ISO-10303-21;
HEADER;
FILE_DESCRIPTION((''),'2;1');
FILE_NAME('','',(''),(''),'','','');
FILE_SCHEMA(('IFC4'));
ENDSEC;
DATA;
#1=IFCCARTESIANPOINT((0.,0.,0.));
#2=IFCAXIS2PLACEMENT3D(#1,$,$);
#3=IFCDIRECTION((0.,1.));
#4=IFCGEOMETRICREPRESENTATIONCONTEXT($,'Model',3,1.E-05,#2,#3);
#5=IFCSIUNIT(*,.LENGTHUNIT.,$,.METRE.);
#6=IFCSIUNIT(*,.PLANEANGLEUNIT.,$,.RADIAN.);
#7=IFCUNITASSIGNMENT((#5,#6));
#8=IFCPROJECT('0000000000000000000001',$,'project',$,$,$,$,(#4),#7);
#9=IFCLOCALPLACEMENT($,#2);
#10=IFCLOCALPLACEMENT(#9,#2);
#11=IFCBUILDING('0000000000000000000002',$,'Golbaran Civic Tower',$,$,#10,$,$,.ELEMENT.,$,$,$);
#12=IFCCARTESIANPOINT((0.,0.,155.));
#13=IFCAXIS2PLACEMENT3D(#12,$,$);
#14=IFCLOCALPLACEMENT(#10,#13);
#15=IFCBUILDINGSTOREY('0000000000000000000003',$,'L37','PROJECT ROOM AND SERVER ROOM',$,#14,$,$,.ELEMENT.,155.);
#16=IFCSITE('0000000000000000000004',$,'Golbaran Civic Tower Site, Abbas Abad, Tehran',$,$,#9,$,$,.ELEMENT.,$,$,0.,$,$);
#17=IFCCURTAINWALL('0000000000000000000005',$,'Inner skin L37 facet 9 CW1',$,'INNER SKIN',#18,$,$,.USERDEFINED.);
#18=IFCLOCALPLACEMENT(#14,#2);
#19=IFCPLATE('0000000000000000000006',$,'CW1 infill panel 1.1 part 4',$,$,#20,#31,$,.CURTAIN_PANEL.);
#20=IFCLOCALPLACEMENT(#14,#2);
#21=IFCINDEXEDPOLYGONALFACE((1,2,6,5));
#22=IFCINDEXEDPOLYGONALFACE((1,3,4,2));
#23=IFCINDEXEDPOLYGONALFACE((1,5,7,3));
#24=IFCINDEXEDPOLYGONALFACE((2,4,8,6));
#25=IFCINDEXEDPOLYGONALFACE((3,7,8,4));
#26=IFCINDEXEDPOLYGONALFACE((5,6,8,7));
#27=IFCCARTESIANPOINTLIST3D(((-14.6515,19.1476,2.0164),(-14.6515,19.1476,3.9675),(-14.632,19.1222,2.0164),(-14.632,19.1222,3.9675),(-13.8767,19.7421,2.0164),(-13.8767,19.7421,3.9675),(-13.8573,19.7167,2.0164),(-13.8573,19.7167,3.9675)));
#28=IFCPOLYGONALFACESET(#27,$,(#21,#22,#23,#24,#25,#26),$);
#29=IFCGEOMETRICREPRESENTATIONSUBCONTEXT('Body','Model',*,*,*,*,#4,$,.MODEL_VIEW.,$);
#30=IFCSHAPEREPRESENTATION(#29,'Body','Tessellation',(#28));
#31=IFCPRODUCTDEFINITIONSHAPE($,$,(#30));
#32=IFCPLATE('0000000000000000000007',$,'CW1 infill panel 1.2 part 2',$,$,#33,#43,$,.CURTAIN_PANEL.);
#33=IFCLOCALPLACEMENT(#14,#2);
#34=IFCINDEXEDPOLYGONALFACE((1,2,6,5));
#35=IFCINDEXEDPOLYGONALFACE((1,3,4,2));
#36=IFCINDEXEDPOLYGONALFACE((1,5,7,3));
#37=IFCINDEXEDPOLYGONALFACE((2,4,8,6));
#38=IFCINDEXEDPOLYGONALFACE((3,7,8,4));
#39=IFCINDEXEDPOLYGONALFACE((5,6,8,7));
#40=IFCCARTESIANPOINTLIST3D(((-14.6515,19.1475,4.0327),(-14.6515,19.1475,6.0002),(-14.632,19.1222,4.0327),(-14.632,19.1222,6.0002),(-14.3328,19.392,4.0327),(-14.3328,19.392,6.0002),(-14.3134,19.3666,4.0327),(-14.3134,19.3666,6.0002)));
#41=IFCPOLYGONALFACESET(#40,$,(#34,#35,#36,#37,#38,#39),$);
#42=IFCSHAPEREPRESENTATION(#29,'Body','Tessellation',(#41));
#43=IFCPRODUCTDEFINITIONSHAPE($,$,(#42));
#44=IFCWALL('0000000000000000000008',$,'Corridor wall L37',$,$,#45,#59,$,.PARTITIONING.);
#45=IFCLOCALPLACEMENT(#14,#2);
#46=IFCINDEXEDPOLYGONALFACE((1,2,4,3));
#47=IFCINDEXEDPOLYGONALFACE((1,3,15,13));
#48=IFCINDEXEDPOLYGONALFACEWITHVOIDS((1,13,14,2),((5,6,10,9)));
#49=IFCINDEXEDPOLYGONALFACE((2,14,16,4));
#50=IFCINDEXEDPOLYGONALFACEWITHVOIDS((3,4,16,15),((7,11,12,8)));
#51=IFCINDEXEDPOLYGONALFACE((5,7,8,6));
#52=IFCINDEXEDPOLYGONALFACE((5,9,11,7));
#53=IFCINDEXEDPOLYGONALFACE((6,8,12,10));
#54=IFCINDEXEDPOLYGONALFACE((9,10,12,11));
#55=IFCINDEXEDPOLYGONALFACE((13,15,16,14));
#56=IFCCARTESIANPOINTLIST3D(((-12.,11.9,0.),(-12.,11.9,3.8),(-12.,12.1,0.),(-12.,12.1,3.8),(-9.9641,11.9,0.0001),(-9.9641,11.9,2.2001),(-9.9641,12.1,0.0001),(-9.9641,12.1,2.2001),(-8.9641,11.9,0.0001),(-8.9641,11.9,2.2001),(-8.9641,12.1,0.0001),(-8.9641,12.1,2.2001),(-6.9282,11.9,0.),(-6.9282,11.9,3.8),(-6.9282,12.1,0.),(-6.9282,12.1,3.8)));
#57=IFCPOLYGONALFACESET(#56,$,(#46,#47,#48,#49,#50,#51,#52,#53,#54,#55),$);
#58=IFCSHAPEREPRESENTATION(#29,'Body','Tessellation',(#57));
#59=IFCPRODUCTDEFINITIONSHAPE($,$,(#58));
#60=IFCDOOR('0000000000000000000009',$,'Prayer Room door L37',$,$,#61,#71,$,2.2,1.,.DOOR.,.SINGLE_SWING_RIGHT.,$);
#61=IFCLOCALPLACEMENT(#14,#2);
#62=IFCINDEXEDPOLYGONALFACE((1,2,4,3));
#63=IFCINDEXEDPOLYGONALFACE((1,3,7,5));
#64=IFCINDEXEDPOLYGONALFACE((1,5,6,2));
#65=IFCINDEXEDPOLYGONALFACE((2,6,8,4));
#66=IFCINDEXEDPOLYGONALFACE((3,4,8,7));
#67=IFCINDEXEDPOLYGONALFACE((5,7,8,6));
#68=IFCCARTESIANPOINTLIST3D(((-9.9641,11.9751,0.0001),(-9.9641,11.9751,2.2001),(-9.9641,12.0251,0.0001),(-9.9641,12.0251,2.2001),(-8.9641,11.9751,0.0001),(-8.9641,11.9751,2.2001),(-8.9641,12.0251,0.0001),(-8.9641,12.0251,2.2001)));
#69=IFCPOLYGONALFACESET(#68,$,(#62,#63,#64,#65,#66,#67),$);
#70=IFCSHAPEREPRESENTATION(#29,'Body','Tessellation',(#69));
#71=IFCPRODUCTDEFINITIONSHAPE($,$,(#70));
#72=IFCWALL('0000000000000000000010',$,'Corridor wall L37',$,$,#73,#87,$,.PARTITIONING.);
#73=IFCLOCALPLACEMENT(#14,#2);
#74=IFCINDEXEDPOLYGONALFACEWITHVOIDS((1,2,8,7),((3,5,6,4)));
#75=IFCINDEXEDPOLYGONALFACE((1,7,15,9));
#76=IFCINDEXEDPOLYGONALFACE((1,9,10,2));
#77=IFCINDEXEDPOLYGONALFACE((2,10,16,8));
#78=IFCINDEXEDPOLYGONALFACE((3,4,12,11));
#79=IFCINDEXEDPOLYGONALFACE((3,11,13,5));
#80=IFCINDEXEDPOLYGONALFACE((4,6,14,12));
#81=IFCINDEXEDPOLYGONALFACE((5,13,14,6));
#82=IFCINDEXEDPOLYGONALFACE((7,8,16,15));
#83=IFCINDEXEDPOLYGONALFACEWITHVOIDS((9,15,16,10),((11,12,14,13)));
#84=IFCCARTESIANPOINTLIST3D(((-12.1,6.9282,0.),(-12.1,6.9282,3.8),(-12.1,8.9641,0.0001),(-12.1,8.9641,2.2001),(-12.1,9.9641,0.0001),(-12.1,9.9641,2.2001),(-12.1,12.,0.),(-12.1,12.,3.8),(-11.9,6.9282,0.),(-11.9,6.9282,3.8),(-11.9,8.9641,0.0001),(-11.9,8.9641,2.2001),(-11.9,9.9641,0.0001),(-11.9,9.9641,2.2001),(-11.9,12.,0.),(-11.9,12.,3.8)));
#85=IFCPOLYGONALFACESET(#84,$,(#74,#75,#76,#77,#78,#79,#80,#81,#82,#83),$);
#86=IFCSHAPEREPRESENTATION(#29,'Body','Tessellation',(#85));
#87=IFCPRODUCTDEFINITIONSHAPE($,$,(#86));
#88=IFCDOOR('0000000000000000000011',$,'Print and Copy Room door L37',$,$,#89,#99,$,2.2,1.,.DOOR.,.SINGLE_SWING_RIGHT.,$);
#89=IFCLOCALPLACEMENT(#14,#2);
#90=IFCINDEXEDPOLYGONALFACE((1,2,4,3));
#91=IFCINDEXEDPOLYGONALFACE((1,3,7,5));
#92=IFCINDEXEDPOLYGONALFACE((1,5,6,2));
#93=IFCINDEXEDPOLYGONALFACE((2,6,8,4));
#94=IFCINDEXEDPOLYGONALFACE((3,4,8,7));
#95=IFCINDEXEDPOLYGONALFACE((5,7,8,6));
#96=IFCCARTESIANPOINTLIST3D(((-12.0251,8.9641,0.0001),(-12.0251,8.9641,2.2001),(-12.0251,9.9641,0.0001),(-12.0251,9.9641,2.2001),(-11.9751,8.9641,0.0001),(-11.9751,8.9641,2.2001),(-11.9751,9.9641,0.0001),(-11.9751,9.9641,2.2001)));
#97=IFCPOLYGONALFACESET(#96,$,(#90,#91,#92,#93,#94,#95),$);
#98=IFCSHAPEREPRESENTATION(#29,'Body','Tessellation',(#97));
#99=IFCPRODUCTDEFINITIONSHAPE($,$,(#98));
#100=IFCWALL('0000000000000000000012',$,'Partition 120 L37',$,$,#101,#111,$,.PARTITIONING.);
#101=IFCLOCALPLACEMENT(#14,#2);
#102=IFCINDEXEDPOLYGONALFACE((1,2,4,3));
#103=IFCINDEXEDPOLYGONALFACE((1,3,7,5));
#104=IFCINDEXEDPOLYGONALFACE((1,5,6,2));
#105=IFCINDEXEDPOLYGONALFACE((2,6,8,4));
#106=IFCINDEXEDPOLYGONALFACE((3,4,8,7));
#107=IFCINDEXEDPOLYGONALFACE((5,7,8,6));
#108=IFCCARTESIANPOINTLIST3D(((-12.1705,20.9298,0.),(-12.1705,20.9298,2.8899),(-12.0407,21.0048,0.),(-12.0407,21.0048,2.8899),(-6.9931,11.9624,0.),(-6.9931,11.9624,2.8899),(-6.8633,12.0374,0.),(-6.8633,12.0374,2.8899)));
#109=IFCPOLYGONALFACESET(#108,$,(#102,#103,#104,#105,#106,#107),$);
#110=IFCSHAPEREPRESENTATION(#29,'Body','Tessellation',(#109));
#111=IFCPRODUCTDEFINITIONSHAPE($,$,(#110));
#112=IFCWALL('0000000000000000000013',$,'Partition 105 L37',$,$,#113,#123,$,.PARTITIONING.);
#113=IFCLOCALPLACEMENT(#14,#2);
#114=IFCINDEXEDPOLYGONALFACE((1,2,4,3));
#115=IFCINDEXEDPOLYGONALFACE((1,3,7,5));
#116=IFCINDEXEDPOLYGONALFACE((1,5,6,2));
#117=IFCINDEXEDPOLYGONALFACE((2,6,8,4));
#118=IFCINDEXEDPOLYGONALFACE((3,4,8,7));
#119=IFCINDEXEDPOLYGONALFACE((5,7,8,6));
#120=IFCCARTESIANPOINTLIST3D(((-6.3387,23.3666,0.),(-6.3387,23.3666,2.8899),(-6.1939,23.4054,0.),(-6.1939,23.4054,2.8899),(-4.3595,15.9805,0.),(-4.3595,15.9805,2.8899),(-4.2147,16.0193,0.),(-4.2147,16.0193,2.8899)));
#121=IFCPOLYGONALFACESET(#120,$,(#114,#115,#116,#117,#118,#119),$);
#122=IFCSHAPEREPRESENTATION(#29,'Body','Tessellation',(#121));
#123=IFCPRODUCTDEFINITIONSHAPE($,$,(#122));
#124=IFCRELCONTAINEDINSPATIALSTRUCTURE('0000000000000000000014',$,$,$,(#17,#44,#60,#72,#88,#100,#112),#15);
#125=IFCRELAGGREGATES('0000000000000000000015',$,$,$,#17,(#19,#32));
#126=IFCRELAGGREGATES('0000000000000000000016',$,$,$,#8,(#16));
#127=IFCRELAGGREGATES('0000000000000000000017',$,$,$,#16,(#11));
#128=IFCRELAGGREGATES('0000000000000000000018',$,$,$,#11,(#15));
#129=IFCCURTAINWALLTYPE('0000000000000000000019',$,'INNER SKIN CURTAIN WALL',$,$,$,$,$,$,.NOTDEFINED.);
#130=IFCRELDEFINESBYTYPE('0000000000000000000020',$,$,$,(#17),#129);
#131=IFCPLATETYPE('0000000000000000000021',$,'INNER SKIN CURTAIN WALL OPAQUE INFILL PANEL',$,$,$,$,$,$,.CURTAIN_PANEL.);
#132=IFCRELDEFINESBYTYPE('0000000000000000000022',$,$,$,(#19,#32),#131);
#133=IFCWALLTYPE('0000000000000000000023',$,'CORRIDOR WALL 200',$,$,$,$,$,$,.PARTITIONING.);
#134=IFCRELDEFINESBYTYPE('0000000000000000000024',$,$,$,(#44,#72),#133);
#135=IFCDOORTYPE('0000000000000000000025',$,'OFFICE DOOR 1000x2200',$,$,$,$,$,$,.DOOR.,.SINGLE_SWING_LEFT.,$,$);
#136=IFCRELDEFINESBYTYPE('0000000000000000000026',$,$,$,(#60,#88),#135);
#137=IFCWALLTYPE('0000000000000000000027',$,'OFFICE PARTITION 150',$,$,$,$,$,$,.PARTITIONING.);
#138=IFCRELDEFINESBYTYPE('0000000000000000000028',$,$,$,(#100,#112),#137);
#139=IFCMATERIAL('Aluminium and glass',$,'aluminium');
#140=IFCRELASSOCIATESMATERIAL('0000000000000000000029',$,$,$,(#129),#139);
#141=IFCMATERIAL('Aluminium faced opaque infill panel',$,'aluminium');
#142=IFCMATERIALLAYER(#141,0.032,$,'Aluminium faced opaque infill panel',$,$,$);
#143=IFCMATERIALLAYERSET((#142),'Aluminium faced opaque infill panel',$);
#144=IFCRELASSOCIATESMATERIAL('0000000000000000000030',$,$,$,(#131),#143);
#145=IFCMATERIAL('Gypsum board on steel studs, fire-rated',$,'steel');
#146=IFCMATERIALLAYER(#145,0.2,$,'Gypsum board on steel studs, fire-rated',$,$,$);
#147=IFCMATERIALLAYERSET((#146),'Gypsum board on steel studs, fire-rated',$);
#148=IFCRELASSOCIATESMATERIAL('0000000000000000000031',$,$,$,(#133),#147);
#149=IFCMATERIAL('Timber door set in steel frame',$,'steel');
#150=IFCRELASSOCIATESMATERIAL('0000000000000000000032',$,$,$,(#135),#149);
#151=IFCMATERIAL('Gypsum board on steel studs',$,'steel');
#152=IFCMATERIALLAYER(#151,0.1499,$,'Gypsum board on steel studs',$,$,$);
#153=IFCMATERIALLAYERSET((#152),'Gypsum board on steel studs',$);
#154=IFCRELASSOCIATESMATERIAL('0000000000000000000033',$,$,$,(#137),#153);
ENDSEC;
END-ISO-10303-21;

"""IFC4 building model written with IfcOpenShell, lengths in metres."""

from ifc_helpers import new_model, si_unit, direction, frame, frame_2d, origin, origin_2d, place, context, subcontext, project, spatial, rectangle, extrude, material, layer, layer_set, type_object, element, fill, aggregate, save


model = new_model("IFC4")

# Units and contexts
model_context = context("Model", 3, precision=1e-05, world=origin(), true_north=direction((0.0, 1.0)))
body_context = subcontext(model_context, "Body", "Model", "MODEL_VIEW")
ifc_project = project(units=[si_unit("LENGTHUNIT", "METRE"), si_unit("PLANEANGLEUNIT", "RADIAN")], contexts=[model_context])

# Site, building, storey
site_placement = place(None, origin())
site = spatial("IfcSite", under=ifc_project, at=site_placement, Name="Golbaran Civic Tower Site, Abbas Abad, Tehran", CompositionType="ELEMENT", RefElevation=0.0)
building_placement = place(site_placement, origin())
building = spatial("IfcBuilding", under=site, at=building_placement, Name="Golbaran Civic Tower", CompositionType="ELEMENT")
storey_placement = place(building_placement, frame((0.0, 0.0, 155.0)))
storey = spatial("IfcBuildingStorey", under=building, at=storey_placement, Name="L37", Description="PROJECT ROOM AND SERVER ROOM", CompositionType="ELEMENT", Elevation=155.0)

# Shared definitions
ifc_material_1 = material(Name="Aluminium and glass", Category="aluminium")
curtain_wall_type = type_object("IfcCurtainWallType", Name="INNER SKIN CURTAIN WALL", PredefinedType="NOTDEFINED", material=ifc_material_1)

# Curtain wall
curtain_wall_1_placement = place(storey_placement, origin())
curtain_wall_1 = element("IfcCurtainWall", 1, at=curtain_wall_1_placement, inside=storey, type_object=curtain_wall_type, Name="Inner skin L37 facet 9 CW1", ObjectType="INNER SKIN", PredefinedType="USERDEFINED")

# Plates
ifc_material_2 = material(Name="Aluminium faced opaque infill panel", Category="aluminium")
ifc_layer_1 = layer(ifc_material_2, 0.032, Name="Aluminium faced opaque infill panel")
ifc_layer_set_1 = layer_set([ifc_layer_1], Name="Aluminium faced opaque infill panel")
plate_type_1 = type_object("IfcPlateType", Name="INNER SKIN CURTAIN WALL OPAQUE INFILL PANEL", PredefinedType="CURTAIN_PANEL", material=ifc_layer_set_1)
plate_1_placement = place(storey_placement, frame((-14.2544, 19.4321, 2.0164), z_axis=(0.0, 0.0, 1.0), x_axis=(-0.793353, -0.608761, 0.0)))
plate_1 = element("IfcPlate", 2, at=plate_1_placement, type_object=plate_type_1, Name="CW1 infill panel 1.1 part 4", PredefinedType="CURTAIN_PANEL", context=body_context, shape_type="SweptSolid", body=[
    extrude(rectangle(XDim=0.9766, YDim=0.032, at=origin_2d()), origin(), (0.0, 0.0, 1.0), 1.9512),
])
plate_2_placement = place(storey_placement, frame((-14.4824, 19.2571, 4.0327), z_axis=(0.0, 0.0, 1.0), x_axis=(-0.793353, -0.608761, 0.0)))
plate_2 = element("IfcPlate", 3, at=plate_2_placement, type_object=plate_type_1, Name="CW1 infill panel 1.2 part 2", PredefinedType="CURTAIN_PANEL", context=body_context, shape_type="SweptSolid", body=[
    extrude(rectangle(XDim=0.4016, YDim=0.032, at=origin_2d()), origin(), (0.0, 0.0, 1.0), 1.9675),
])
aggregate(curtain_wall_1, [plate_1, plate_2])

# Walls, openings, doors
ifc_material_3 = material(Name="Gypsum board on steel studs, fire-rated", Category="steel")
ifc_layer_2 = layer(ifc_material_3, 0.2, Name="Gypsum board on steel studs, fire-rated")
ifc_layer_set_2 = layer_set([ifc_layer_2], Name="Gypsum board on steel studs, fire-rated")
wall_type_1 = type_object("IfcWallType", Name="CORRIDOR WALL 200", PredefinedType="PARTITIONING", material=ifc_layer_set_2)
wall_1_placement = place(storey_placement, frame((-6.9282, 12.0, 0.0), z_axis=(0.0, 0.0, 1.0), x_axis=(-1.0, 0.0, 0.0)))
wall_1 = element("IfcWall", 4, at=wall_1_placement, inside=storey, type_object=wall_type_1, Name="Corridor wall L37", PredefinedType="PARTITIONING", context=body_context, shape_type="SweptSolid", body=[
    extrude(rectangle(XDim=5.0718, YDim=0.2, at=frame_2d((2.5359, 0.0))), origin(), (0.0, 0.0, 1.0), 3.8),
])
opening_1_placement = place(wall_1_placement, frame((2.0359, 0.0, 0.0)))
opening_1 = element("IfcOpeningElement", 5, at=opening_1_placement, cuts=wall_1, PredefinedType="OPENING", context=body_context, shape_type="SweptSolid", body=[
    extrude(rectangle(XDim=1.0, YDim=2.2, at=frame_2d((0.5, 1.1001))), frame((0.0, 0.1099, 0.0), z_axis=(0.0, -1.0, 0.0), x_axis=(1.0, 0.0, 0.0)), (0.0, 0.0, 1.0), 0.22),
])
ifc_material_4 = material(Name="Timber door set in steel frame", Category="steel")
door_type = type_object("IfcDoorType", Name="OFFICE DOOR 1000x2200", OperationType="SINGLE_SWING_LEFT", PredefinedType="DOOR", material=ifc_material_4)
door_1_placement = place(opening_1_placement, origin())
door_1 = element("IfcDoor", 6, at=door_1_placement, inside=storey, type_object=door_type, Name="Prayer Room door L37", OperationType="SINGLE_SWING_RIGHT", OverallHeight=2.2, OverallWidth=1.0, PredefinedType="DOOR", context=body_context, shape_type="SweptSolid", body=[
    extrude(rectangle(XDim=1.0, YDim=2.2, at=frame_2d((0.5, 1.1001))), frame((0.0, 0.0249, 0.0), z_axis=(0.0, -1.0, 0.0), x_axis=(1.0, 0.0, 0.0)), (0.0, 0.0, 1.0), 0.05),
])
fill(opening_1, door_1)
wall_2_placement = place(storey_placement, frame((-12.0, 12.0, 0.0), z_axis=(0.0, 0.0, 1.0), x_axis=(0.0, -1.0, 0.0)))
wall_2 = element("IfcWall", 7, at=wall_2_placement, inside=storey, type_object=wall_type_1, Name="Corridor wall L37", PredefinedType="PARTITIONING", context=body_context, shape_type="SweptSolid", body=[
    extrude(rectangle(XDim=5.0718, YDim=0.2, at=frame_2d((2.5359, 0.0))), origin(), (0.0, 0.0, 1.0), 3.8),
])
opening_2_placement = place(wall_2_placement, frame((2.0359, 0.0, 0.0)))
opening_2 = element("IfcOpeningElement", 8, at=opening_2_placement, cuts=wall_2, PredefinedType="OPENING", context=body_context, shape_type="SweptSolid", body=[
    extrude(rectangle(XDim=1.0, YDim=2.2, at=frame_2d((0.5, 1.1001))), frame((0.0, 0.1099, 0.0), z_axis=(0.0, -1.0, 0.0), x_axis=(1.0, 0.0, 0.0)), (0.0, 0.0, 1.0), 0.22),
])
door_2_placement = place(opening_2_placement, origin())
door_2 = element("IfcDoor", 9, at=door_2_placement, inside=storey, type_object=door_type, Name="Print and Copy Room door L37", OperationType="SINGLE_SWING_RIGHT", OverallHeight=2.2, OverallWidth=1.0, PredefinedType="DOOR", context=body_context, shape_type="SweptSolid", body=[
    extrude(rectangle(XDim=1.0, YDim=2.2, at=frame_2d((0.5, 1.1001))), frame((0.0, 0.0249, 0.0), z_axis=(0.0, -1.0, 0.0), x_axis=(1.0, 0.0, 0.0)), (0.0, 0.0, 1.0), 0.05),
])
fill(opening_2, door_2)

# Walls
ifc_material_5 = material(Name="Gypsum board on steel studs", Category="steel")
ifc_layer_3 = layer(ifc_material_5, 0.1499, Name="Gypsum board on steel studs")
ifc_layer_set_3 = layer_set([ifc_layer_3], Name="Gypsum board on steel studs")
wall_type_2 = type_object("IfcWallType", Name="OFFICE PARTITION 150", PredefinedType="PARTITIONING", material=ifc_layer_set_3)
wall_3_placement = place(storey_placement, frame((-6.9282, 12.0, 0.0), z_axis=(0.0, 0.0, 1.0), x_axis=(-0.500006, 0.866022, 0.0)))
element("IfcWall", 10, at=wall_3_placement, inside=storey, type_object=wall_type_2, Name="Partition 120 L37", PredefinedType="PARTITIONING", context=body_context, shape_type="SweptSolid", body=[
    extrude(rectangle(XDim=10.3547, YDim=0.1499, at=frame_2d((5.1772, 0.0))), origin(), (0.0, 0.0, 1.0), 2.8899),
])
wall_4_placement = place(storey_placement, frame((-4.2871, 16.0, 0.0), z_axis=(0.0, 0.0, 1.0), x_axis=(-0.258833, 0.965922, 0.0)))
element("IfcWall", 11, at=wall_4_placement, inside=storey, type_object=wall_type_2, Name="Partition 105 L37", PredefinedType="PARTITIONING", context=body_context, shape_type="SweptSolid", body=[
    extrude(rectangle(XDim=7.6467, YDim=0.1499, at=frame_2d((3.8232, 0.0))), origin(), (0.0, 0.0, 1.0), 2.8899),
])

save(model, "model.ifc")
